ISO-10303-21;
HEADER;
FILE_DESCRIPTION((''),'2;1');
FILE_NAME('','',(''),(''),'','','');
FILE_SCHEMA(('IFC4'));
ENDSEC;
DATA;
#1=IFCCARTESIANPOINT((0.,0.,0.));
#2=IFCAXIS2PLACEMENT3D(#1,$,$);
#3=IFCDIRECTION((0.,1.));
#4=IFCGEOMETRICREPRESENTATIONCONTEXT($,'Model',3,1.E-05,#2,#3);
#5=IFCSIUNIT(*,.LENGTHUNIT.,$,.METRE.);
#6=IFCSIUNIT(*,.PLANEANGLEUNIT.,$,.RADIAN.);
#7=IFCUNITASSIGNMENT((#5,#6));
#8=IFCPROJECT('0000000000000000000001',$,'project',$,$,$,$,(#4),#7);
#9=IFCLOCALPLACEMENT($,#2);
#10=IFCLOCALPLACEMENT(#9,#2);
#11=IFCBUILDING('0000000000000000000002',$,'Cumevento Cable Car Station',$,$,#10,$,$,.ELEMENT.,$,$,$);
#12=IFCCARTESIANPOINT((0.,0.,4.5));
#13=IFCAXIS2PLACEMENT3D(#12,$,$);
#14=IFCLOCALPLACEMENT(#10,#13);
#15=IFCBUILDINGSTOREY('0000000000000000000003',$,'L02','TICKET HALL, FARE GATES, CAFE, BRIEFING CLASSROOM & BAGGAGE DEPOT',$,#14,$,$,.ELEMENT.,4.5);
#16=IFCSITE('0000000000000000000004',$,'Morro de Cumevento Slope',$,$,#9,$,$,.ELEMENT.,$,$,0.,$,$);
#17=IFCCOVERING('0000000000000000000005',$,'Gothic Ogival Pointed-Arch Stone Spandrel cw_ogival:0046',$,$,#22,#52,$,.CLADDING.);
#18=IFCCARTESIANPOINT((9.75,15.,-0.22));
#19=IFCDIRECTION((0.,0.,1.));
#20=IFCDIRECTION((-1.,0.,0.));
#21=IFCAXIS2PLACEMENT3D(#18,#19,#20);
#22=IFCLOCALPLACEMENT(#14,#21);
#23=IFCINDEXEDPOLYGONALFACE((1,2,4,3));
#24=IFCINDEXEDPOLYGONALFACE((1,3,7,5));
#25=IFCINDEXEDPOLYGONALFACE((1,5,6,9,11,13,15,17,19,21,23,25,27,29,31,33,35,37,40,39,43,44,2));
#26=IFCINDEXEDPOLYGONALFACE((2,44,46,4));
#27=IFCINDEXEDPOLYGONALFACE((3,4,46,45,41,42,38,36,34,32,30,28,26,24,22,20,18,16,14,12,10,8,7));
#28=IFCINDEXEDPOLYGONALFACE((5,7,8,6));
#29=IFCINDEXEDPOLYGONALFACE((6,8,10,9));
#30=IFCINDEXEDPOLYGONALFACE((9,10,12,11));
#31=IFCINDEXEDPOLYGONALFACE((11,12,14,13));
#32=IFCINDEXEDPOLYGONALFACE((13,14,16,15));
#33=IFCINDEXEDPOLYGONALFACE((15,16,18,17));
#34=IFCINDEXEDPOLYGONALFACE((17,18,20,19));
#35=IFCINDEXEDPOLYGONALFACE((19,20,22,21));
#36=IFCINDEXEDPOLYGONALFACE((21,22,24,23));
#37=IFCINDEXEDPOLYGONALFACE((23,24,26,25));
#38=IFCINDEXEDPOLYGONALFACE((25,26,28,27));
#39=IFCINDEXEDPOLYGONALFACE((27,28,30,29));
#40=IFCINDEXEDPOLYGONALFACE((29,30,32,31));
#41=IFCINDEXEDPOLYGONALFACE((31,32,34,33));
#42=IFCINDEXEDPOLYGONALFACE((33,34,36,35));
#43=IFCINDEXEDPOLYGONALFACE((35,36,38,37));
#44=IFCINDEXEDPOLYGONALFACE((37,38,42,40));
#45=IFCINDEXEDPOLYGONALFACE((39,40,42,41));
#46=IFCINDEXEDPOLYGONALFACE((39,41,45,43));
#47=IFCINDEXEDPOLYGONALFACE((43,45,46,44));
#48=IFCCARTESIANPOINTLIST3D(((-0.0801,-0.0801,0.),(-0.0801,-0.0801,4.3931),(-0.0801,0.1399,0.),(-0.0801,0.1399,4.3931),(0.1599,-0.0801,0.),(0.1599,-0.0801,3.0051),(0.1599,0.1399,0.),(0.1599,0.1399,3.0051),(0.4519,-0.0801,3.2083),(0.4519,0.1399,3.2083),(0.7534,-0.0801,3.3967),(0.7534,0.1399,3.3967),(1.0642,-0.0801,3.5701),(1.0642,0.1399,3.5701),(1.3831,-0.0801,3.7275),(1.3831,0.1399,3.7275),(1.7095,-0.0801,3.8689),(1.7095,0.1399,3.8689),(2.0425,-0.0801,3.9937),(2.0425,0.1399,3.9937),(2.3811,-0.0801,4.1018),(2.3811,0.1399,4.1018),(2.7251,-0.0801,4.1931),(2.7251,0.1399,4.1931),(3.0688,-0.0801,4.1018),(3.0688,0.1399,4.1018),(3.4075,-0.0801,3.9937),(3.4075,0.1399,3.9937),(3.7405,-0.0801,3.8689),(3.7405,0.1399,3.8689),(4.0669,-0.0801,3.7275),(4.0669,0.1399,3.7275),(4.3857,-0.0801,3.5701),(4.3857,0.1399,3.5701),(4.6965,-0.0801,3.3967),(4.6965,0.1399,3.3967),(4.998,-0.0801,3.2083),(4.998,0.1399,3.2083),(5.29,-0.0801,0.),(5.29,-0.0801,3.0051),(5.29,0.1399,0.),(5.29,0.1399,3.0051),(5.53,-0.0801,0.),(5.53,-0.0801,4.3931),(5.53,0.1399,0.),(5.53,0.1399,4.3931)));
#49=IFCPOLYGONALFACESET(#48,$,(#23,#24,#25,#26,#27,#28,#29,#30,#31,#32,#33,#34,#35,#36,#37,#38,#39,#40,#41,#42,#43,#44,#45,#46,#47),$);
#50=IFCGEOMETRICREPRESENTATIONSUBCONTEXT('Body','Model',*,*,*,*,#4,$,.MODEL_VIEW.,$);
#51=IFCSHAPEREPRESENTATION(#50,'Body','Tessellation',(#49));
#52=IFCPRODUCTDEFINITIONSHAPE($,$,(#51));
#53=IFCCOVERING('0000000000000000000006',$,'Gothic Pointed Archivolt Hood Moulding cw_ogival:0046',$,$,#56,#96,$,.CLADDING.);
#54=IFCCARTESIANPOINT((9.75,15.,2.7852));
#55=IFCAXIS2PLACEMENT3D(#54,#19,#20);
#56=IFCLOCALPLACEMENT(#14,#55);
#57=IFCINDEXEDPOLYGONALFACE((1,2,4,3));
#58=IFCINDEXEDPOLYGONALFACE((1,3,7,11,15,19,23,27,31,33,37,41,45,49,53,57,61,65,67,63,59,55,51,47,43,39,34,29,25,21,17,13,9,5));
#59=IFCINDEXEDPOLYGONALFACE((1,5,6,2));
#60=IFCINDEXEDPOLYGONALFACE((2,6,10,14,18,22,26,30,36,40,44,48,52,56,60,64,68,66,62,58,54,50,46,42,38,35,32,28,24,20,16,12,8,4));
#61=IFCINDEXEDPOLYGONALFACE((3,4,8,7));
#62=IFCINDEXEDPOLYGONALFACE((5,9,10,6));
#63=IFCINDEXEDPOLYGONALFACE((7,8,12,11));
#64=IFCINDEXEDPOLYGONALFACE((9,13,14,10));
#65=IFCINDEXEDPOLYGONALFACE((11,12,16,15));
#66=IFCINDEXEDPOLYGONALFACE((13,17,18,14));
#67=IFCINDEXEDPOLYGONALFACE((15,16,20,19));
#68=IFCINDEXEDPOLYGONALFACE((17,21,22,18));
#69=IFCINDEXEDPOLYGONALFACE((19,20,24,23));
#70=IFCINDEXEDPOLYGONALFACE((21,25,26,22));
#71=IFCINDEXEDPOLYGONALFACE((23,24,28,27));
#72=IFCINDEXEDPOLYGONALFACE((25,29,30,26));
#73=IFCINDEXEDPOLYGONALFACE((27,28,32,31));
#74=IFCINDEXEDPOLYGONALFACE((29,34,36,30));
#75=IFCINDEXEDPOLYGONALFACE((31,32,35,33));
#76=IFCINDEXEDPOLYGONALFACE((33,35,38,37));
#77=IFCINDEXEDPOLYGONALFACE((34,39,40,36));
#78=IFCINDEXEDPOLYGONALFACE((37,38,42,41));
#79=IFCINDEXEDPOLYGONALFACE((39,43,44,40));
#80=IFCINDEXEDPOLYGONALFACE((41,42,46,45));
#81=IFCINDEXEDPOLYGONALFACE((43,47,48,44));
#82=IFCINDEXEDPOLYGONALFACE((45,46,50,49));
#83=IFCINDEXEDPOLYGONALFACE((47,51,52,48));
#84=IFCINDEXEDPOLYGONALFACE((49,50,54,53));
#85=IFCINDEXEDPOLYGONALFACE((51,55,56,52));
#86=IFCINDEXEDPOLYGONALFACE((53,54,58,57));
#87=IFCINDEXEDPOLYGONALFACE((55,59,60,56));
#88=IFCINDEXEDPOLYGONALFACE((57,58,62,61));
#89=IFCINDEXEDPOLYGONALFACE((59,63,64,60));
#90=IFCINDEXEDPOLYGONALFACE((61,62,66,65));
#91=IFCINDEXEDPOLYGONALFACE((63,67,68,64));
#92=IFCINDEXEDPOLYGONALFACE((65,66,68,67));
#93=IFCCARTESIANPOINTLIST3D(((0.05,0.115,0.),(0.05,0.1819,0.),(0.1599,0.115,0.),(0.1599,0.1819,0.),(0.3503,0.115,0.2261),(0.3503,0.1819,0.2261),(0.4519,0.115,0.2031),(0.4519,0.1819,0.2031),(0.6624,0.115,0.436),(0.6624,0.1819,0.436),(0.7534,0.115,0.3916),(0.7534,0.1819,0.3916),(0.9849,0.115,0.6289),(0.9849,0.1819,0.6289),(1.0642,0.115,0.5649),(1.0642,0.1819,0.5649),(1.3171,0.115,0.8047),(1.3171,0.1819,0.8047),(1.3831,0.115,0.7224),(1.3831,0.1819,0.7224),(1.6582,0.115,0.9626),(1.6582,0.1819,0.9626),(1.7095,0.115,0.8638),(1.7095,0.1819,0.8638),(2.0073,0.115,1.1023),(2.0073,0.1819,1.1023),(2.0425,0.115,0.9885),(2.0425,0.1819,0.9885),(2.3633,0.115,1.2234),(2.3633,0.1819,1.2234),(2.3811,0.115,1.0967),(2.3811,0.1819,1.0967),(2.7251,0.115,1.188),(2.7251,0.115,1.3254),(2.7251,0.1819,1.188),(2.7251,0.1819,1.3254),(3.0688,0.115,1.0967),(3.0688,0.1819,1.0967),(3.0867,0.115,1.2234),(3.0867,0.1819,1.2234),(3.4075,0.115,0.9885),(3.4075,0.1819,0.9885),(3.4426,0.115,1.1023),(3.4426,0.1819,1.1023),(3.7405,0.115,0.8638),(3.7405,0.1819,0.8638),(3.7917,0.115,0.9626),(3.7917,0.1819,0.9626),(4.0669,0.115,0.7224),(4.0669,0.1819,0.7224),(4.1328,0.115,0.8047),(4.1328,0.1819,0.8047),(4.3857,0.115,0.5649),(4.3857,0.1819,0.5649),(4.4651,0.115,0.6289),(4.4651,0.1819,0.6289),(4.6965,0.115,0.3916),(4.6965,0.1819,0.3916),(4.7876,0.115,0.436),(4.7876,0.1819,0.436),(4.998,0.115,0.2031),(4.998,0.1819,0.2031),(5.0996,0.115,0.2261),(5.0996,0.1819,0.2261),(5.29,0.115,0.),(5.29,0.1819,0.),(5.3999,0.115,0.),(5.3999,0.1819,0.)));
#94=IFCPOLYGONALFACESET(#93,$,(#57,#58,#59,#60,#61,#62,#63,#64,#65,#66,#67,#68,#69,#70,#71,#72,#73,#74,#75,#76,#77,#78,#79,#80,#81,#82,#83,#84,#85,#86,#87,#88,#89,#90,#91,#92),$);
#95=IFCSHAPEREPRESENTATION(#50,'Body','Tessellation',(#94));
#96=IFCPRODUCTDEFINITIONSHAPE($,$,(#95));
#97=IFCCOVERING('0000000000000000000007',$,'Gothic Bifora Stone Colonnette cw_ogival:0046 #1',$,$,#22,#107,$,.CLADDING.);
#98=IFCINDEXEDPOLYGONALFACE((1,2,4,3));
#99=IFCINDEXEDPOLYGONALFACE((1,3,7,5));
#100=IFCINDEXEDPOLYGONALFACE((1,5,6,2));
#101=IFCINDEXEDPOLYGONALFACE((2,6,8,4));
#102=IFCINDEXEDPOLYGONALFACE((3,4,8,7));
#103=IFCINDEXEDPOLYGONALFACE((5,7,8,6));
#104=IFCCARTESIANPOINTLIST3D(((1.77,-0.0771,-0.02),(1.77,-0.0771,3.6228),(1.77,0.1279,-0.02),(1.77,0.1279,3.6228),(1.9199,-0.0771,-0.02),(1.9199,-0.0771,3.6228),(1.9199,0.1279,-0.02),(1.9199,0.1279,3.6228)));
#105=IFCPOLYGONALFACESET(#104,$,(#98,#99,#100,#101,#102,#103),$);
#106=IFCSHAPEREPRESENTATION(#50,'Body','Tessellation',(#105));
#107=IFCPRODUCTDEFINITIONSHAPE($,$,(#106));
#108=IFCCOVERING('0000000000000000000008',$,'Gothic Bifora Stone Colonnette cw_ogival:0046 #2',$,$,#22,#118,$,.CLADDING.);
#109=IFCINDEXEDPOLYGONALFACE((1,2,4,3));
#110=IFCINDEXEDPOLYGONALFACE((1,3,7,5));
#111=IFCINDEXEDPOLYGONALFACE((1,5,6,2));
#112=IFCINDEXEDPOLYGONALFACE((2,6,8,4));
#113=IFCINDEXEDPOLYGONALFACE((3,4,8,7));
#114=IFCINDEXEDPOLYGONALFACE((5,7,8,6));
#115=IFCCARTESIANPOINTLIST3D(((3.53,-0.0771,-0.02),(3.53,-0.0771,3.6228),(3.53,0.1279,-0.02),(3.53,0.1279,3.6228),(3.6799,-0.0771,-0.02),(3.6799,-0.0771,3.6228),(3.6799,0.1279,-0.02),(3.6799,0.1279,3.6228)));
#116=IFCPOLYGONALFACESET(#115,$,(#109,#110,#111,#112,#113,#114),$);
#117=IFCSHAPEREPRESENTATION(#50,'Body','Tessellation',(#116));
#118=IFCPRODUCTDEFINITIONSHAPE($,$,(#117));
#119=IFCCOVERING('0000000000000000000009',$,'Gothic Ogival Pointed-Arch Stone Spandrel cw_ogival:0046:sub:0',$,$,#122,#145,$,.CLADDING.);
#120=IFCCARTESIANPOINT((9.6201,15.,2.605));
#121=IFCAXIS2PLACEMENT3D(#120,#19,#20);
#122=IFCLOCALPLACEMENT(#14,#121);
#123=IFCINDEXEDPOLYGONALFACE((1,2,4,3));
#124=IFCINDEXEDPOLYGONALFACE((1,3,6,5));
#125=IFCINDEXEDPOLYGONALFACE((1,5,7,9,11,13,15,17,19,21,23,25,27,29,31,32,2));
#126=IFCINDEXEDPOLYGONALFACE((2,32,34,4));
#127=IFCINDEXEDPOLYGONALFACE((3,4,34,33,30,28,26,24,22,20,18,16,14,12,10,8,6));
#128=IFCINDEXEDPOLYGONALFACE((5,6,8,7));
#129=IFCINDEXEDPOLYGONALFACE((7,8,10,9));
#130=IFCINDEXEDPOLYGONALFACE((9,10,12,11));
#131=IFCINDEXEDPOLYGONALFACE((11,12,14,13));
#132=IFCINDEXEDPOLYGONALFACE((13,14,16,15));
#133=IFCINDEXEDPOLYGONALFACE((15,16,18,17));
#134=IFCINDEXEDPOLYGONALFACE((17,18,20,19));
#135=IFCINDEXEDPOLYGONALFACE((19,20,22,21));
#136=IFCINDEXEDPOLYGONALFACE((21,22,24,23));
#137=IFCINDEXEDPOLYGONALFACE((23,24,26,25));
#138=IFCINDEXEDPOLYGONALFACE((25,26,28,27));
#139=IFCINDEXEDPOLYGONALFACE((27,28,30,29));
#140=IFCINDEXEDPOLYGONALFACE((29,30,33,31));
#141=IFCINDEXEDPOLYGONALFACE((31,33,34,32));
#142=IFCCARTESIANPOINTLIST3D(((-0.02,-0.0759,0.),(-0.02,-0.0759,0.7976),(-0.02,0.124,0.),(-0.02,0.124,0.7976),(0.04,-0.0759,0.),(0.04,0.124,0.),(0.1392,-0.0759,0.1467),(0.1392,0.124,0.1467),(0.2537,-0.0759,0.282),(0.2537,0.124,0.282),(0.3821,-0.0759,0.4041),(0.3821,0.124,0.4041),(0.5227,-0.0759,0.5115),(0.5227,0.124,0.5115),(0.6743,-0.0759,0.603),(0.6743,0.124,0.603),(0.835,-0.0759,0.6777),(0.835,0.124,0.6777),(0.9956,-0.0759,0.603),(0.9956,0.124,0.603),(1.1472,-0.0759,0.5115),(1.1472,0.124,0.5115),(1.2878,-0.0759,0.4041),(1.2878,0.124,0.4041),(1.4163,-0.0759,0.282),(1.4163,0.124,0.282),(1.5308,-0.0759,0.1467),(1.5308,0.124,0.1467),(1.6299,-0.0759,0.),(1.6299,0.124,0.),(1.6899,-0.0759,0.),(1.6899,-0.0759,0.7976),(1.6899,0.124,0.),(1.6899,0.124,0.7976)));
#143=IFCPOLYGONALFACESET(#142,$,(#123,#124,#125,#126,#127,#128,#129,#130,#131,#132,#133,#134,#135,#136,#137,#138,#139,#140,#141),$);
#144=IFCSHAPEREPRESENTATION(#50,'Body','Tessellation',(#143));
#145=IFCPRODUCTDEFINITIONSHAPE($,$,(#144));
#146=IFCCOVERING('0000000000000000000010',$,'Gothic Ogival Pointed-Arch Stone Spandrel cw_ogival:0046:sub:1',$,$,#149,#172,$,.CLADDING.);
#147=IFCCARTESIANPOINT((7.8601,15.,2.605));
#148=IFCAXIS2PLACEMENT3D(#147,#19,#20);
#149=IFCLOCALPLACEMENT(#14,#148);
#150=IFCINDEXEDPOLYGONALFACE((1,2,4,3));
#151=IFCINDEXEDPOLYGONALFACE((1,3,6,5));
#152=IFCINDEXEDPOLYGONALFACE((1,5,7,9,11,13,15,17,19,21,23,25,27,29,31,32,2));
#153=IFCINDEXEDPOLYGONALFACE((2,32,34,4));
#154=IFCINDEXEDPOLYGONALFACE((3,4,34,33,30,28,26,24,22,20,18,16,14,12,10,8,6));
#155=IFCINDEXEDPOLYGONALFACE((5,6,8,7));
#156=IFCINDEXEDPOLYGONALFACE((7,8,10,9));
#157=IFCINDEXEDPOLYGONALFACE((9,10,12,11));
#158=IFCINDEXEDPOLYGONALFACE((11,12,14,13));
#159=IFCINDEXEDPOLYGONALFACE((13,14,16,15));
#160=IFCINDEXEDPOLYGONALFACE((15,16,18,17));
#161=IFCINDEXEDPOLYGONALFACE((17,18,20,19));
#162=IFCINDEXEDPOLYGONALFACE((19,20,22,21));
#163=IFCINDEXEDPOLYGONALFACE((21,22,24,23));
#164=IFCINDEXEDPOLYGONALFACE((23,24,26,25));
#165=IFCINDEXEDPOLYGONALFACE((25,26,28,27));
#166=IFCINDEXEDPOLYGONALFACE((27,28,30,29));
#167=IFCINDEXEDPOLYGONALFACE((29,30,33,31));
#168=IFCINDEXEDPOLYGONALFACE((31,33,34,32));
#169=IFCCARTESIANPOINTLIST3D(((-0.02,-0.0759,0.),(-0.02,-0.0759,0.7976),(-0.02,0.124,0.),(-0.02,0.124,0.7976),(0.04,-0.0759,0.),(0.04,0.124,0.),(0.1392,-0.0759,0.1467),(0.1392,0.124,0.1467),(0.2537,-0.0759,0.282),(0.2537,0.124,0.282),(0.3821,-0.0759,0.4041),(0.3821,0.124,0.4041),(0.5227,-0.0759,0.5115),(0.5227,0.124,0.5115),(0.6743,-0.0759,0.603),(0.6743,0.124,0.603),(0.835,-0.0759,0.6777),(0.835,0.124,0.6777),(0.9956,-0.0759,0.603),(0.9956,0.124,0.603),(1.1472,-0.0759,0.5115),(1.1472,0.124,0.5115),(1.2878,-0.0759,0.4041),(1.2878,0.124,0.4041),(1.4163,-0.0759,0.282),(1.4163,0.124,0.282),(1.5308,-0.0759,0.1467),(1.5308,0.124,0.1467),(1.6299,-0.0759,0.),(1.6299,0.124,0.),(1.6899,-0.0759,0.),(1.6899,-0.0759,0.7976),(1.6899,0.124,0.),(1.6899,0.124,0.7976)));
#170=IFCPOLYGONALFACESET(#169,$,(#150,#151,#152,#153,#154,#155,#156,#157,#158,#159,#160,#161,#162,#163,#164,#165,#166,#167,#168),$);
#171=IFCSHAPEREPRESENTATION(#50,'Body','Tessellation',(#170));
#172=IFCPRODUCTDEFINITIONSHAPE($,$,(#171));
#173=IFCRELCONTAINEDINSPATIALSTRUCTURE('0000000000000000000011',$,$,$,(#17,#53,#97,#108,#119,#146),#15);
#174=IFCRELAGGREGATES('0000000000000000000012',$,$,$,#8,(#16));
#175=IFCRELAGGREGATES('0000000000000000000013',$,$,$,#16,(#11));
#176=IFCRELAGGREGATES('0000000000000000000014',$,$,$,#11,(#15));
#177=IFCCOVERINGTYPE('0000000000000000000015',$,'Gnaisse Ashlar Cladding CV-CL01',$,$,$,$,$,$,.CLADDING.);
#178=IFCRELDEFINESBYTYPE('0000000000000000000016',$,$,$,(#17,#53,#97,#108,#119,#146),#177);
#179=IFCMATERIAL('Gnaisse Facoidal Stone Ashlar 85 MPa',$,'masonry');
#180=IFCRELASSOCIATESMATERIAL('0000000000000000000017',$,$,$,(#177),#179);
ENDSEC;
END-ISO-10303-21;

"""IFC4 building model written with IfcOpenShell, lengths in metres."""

from ifc_helpers import new_model, si_unit, direction, frame, origin, place, context, subcontext, project, spatial, polyline, outline, extrude, material, type_object, element, save


model = new_model("IFC4")

# Units and contexts
model_context = context("Model", 3, precision=1e-05, world=origin(), true_north=direction((0.0, 1.0)))
body_context = subcontext(model_context, "Body", "Model", "MODEL_VIEW")
ifc_project = project(units=[si_unit("LENGTHUNIT", "METRE"), si_unit("PLANEANGLEUNIT", "RADIAN")], contexts=[model_context])

# Site, building, storey
site_placement = place(None, origin())
site = spatial("IfcSite", under=ifc_project, at=site_placement, Name="Morro de Cumevento Slope", CompositionType="ELEMENT", RefElevation=0.0)
building_placement = place(site_placement, origin())
building = spatial("IfcBuilding", under=site, at=building_placement, Name="Cumevento Cable Car Station", CompositionType="ELEMENT")
storey_placement = place(building_placement, frame((0.0, 0.0, 4.5)))
storey = spatial("IfcBuildingStorey", under=building, at=storey_placement, Name="L02", Description="TICKET HALL, FARE GATES, CAFE, BRIEFING CLASSROOM & BAGGAGE DEPOT", CompositionType="ELEMENT", Elevation=4.5)

# Coverings
ifc_material_1 = material(Name="Gnaisse Facoidal Stone Ashlar 85 MPa", Category="masonry")
covering_type = type_object("IfcCoveringType", Name="Gnaisse Ashlar Cladding CV-CL01", PredefinedType="CLADDING", material=ifc_material_1)
placement = place(storey_placement, frame((9.75, 15.0, -0.22), z_axis=(0.0, 0.0, 1.0), x_axis=(-1.0, 0.0, 0.0)))
element("IfcCovering", 1, at=placement, inside=storey, type_object=covering_type, Name="Gothic Ogival Pointed-Arch Stone Spandrel cw_ogival:0046", PredefinedType="CLADDING", context=body_context, shape_type="SweptSolid", body=[
    extrude(outline(polyline([(-0.0801, 0.0), (-0.0801, 4.3931), (5.53, 4.3931), (5.53, 0.0), (5.29, 0.0), (5.29, 3.0051), (4.998, 3.2083), (4.6965, 3.3967), (4.3857, 3.5701), (4.0669, 3.7275), (3.7405, 3.8689), (3.4075, 3.9937), (3.0688, 4.1018), (2.7251, 4.1931), (2.3811, 4.1018), (2.0425, 3.9937), (1.7095, 3.8689), (1.3831, 3.7275), (1.0642, 3.5701), (0.7534, 3.3967), (0.4519, 3.2083), (0.1599, 3.0051), (0.1599, 0.0), (-0.0801, 0.0)])), frame((0.0, 0.1399, 0.0), z_axis=(0.0, -1.0, 0.0), x_axis=(1.0, 0.0, 0.0)), (0.0, 0.0, 1.0), 0.22),
])
covering_1_placement = place(storey_placement, frame((9.75, 15.0, 2.7852), z_axis=(0.0, 0.0, 1.0), x_axis=(-1.0, 0.0, 0.0)))
element("IfcCovering", 2, at=covering_1_placement, inside=storey, type_object=covering_type, Name="Gothic Pointed Archivolt Hood Moulding cw_ogival:0046", PredefinedType="CLADDING", context=body_context, shape_type="SweptSolid", body=[
    extrude(outline(polyline([(0.1599, 0.0), (0.4519, 0.2031), (0.7534, 0.3916), (1.0642, 0.5649), (1.3831, 0.7224), (1.7095, 0.8638), (2.0425, 0.9885), (2.3811, 1.0967), (2.7251, 1.188), (3.0688, 1.0967), (3.4075, 0.9885), (3.7405, 0.8638), (4.0669, 0.7224), (4.3857, 0.5649), (4.6965, 0.3916), (4.998, 0.2031), (5.29, 0.0), (5.3999, 0.0), (5.0996, 0.2261), (4.7876, 0.436), (4.4651, 0.6289), (4.1328, 0.8047), (3.7917, 0.9626), (3.4426, 1.1023), (3.0867, 1.2234), (2.7251, 1.3254), (2.3633, 1.2234), (2.0073, 1.1023), (1.6582, 0.9626), (1.3171, 0.8047), (0.9849, 0.6289), (0.6624, 0.436), (0.3503, 0.2261), (0.05, 0.0), (0.1599, 0.0)])), frame((0.0, 0.1819, 0.0), z_axis=(0.0, -1.0, 0.0), x_axis=(1.0, 0.0, 0.0)), (0.0, 0.0, 1.0), 0.0669),
])
element("IfcCovering", 3, at=placement, inside=storey, type_object=covering_type, Name="Gothic Bifora Stone Colonnette cw_ogival:0046 #1", PredefinedType="CLADDING", context=body_context, shape_type="SweptSolid", body=[
    extrude(outline(polyline([(1.77, -0.02), (1.9199, -0.02), (1.9199, 3.6228), (1.77, 3.6228), (1.77, -0.02)])), frame((0.0, 0.1279, 0.0), z_axis=(0.0, -1.0, 0.0), x_axis=(1.0, 0.0, 0.0)), (0.0, 0.0, 1.0), 0.2051),
])
element("IfcCovering", 4, at=placement, inside=storey, type_object=covering_type, Name="Gothic Bifora Stone Colonnette cw_ogival:0046 #2", PredefinedType="CLADDING", context=body_context, shape_type="SweptSolid", body=[
    extrude(outline(polyline([(3.53, -0.02), (3.6799, -0.02), (3.6799, 3.6228), (3.53, 3.6228), (3.53, -0.02)])), frame((0.0, 0.1279, 0.0), z_axis=(0.0, -1.0, 0.0), x_axis=(1.0, 0.0, 0.0)), (0.0, 0.0, 1.0), 0.2051),
])
for number, where, z_axis, x_axis, name in (
    (5, (9.6201, 15.0, 2.605), (0.0, 0.0, 1.0), (-1.0, 0.0, 0.0), "Gothic Ogival Pointed-Arch Stone Spandrel cw_ogival:0046:sub:0"),
    (6, (7.8601, 15.0, 2.605), (0.0, 0.0, 1.0), (-1.0, 0.0, 0.0), "Gothic Ogival Pointed-Arch Stone Spandrel cw_ogival:0046:sub:1"),
):
    element("IfcCovering", number, at=place(storey_placement, frame(where, z_axis=z_axis, x_axis=x_axis)), inside=storey, type_object=covering_type, Name=name, PredefinedType="CLADDING", context=body_context, shape_type="SweptSolid", body=[
        extrude(outline(polyline([(-0.02, 0.0), (-0.02, 0.7976), (1.6899, 0.7976), (1.6899, 0.0), (1.6299, 0.0), (1.5308, 0.1467), (1.4163, 0.282), (1.2878, 0.4041), (1.1472, 0.5115), (0.9956, 0.603), (0.835, 0.6777), (0.6743, 0.603), (0.5227, 0.5115), (0.3821, 0.4041), (0.2537, 0.282), (0.1392, 0.1467), (0.04, 0.0), (-0.02, 0.0)])), frame((0.0, 0.124, 0.0), z_axis=(0.0, -1.0, 0.0), x_axis=(1.0, 0.0, 0.0)), (0.0, 0.0, 1.0), 0.2),
    ])

save(model, "model.ifc")
